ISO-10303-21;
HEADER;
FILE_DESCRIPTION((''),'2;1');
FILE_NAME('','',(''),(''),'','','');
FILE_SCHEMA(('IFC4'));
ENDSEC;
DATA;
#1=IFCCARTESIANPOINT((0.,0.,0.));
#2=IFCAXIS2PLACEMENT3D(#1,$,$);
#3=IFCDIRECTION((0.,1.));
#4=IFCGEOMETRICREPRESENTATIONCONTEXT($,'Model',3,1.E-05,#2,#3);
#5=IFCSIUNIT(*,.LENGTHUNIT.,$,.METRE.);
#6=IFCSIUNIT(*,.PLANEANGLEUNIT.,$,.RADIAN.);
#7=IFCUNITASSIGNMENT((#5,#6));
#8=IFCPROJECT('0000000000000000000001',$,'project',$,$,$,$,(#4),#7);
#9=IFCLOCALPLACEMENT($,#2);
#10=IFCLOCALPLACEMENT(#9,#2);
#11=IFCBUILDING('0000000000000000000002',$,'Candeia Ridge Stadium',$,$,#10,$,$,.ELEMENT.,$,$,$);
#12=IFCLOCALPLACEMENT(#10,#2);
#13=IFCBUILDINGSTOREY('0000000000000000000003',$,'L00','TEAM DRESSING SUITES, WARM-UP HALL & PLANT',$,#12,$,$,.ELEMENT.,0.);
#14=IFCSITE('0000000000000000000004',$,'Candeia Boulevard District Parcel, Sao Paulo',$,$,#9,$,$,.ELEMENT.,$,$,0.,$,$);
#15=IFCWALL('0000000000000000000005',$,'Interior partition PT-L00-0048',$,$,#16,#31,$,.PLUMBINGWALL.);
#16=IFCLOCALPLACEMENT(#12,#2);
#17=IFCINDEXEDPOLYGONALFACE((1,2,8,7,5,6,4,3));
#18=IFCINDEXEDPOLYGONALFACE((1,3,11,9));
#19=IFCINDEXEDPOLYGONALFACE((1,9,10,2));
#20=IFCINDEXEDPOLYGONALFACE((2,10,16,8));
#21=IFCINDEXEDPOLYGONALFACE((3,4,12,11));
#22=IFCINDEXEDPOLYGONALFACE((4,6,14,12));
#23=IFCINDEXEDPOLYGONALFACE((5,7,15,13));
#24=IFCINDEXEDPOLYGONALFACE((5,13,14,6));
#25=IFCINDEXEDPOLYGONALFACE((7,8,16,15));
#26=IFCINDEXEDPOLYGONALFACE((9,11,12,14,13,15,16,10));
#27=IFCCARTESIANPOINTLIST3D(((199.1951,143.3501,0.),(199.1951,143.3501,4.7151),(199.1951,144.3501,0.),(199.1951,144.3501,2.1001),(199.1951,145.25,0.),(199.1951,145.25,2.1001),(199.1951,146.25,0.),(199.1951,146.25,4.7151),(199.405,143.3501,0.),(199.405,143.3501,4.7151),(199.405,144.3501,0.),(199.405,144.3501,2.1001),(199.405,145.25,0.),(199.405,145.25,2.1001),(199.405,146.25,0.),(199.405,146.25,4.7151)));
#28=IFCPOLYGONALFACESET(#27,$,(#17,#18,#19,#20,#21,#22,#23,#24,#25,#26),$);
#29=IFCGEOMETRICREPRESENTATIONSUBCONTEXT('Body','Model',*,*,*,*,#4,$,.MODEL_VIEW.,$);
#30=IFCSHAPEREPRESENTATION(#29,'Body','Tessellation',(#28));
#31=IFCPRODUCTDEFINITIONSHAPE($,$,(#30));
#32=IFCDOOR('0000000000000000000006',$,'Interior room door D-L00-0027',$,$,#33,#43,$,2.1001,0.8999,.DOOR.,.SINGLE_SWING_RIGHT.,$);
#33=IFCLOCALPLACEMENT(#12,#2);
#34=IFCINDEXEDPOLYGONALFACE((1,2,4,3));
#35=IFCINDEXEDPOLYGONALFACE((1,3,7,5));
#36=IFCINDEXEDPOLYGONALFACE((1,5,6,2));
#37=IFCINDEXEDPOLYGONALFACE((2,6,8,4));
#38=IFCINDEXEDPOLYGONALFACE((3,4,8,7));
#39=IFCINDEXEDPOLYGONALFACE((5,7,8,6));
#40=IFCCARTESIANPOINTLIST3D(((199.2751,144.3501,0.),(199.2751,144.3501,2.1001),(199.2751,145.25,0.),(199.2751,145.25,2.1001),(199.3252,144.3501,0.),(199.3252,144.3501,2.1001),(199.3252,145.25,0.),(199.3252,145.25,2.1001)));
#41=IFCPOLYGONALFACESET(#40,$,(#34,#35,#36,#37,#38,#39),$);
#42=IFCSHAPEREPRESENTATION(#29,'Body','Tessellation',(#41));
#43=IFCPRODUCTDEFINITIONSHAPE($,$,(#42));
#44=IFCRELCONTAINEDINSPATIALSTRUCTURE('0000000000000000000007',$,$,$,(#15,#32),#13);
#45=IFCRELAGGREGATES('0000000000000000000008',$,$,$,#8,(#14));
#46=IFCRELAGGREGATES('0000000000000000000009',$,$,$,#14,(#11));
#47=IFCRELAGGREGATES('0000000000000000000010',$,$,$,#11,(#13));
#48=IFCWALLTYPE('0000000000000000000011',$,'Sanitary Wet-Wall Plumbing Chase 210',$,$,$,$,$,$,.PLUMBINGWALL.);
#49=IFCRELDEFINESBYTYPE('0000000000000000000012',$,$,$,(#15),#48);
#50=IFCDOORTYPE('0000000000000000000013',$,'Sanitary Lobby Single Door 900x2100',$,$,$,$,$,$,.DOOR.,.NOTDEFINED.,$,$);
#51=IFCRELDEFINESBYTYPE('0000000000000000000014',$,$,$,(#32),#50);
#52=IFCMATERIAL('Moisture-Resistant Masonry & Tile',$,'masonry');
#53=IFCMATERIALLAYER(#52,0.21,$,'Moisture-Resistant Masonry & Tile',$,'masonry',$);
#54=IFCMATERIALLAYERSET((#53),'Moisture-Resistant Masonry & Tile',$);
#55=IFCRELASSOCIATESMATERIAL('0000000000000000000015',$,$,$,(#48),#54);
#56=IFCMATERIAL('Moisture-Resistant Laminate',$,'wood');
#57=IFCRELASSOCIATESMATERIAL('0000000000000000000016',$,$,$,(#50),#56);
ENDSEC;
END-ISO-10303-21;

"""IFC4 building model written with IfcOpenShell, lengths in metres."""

from ifc_helpers import new_model, si_unit, direction, frame, frame_2d, origin, place, context, subcontext, project, spatial, rectangle, extrude, material, layer, layer_set, type_object, element, fill, save


model = new_model("IFC4")

# Units and contexts
model_context = context("Model", 3, precision=1e-05, world=origin(), true_north=direction((0.0, 1.0)))
body_context = subcontext(model_context, "Body", "Model", "MODEL_VIEW")
ifc_project = project(units=[si_unit("LENGTHUNIT", "METRE"), si_unit("PLANEANGLEUNIT", "RADIAN")], contexts=[model_context])

# Site, building, storey
site_placement = place(None, origin())
site = spatial("IfcSite", under=ifc_project, at=site_placement, Name="Candeia Boulevard District Parcel, Sao Paulo", CompositionType="ELEMENT", RefElevation=0.0)
building_placement = place(site_placement, origin())
building = spatial("IfcBuilding", under=site, at=building_placement, Name="Candeia Ridge Stadium", CompositionType="ELEMENT")
storey_placement = place(building_placement, origin())
storey = spatial("IfcBuildingStorey", under=building, at=storey_placement, Name="L00", Description="TEAM DRESSING SUITES, WARM-UP HALL & PLANT", CompositionType="ELEMENT", Elevation=0.0)

# Shared definitions
ifc_material_1 = material(Name="Moisture-Resistant Masonry & Tile", Category="masonry")

# Wall, opening, door
ifc_layer_1 = layer(ifc_material_1, 0.21, Name="Moisture-Resistant Masonry & Tile", Category="masonry")
ifc_layer_set_1 = layer_set([ifc_layer_1], Name="Moisture-Resistant Masonry & Tile")
wall_type_1 = type_object("IfcWallType", Name="Sanitary Wet-Wall Plumbing Chase 210", PredefinedType="PLUMBINGWALL", material=ifc_layer_set_1)
wall_1_placement = place(storey_placement, frame((199.3, 146.25, 0.0), z_axis=(0.0, 0.0, 1.0), x_axis=(0.0, -1.0, 0.0)))
wall_1 = element("IfcWall", 1, at=wall_1_placement, inside=storey, type_object=wall_type_1, Name="Interior partition PT-L00-0048", PredefinedType="PLUMBINGWALL", context=body_context, shape_type="SweptSolid", body=[
    extrude(rectangle(XDim=2.8999, YDim=0.21, at=frame_2d((1.45, 0.0))), origin(), (0.0, 0.0, 1.0), 4.7151),
])
opening_1_placement = place(wall_1_placement, frame((1.0, 0.0, 0.0)))
opening_1 = element("IfcOpeningElement", 2, at=opening_1_placement, cuts=wall_1, PredefinedType="OPENING", context=body_context, shape_type="SweptSolid", body=[
    extrude(rectangle(XDim=0.8999, YDim=2.1001, at=frame_2d((0.45, 1.05))), frame((0.0, 0.115, 0.0), z_axis=(0.0, -1.0, 0.0), x_axis=(1.0, 0.0, 0.0)), (0.0, 0.0, 1.0), 0.23),
])
ifc_material_2 = material(Name="Moisture-Resistant Laminate", Category="wood")
door_type_1 = type_object("IfcDoorType", Name="Sanitary Lobby Single Door 900x2100", OperationType="NOTDEFINED", PredefinedType="DOOR", material=ifc_material_2)
door_1_placement = place(opening_1_placement, frame((0.8999, 0.0, 0.0), z_axis=(0.0, 0.0, 1.0), x_axis=(-1.0, 0.0, 0.0)))
door_1 = element("IfcDoor", 3, at=door_1_placement, inside=storey, type_object=door_type_1, Name="Interior room door D-L00-0027", OperationType="SINGLE_SWING_RIGHT", OverallHeight=2.1001, OverallWidth=0.8999, PredefinedType="DOOR", context=body_context, shape_type="SweptSolid", body=[
    extrude(rectangle(XDim=0.8999, YDim=2.1001, at=frame_2d((0.45, 1.05))), frame((0.0, 0.0249, 0.0), z_axis=(0.0, -1.0, 0.0), x_axis=(1.0, 0.0, 0.0)), (0.0, 0.0, 1.0), 0.05),
])
fill(opening_1, door_1)

save(model, "model.ifc")
